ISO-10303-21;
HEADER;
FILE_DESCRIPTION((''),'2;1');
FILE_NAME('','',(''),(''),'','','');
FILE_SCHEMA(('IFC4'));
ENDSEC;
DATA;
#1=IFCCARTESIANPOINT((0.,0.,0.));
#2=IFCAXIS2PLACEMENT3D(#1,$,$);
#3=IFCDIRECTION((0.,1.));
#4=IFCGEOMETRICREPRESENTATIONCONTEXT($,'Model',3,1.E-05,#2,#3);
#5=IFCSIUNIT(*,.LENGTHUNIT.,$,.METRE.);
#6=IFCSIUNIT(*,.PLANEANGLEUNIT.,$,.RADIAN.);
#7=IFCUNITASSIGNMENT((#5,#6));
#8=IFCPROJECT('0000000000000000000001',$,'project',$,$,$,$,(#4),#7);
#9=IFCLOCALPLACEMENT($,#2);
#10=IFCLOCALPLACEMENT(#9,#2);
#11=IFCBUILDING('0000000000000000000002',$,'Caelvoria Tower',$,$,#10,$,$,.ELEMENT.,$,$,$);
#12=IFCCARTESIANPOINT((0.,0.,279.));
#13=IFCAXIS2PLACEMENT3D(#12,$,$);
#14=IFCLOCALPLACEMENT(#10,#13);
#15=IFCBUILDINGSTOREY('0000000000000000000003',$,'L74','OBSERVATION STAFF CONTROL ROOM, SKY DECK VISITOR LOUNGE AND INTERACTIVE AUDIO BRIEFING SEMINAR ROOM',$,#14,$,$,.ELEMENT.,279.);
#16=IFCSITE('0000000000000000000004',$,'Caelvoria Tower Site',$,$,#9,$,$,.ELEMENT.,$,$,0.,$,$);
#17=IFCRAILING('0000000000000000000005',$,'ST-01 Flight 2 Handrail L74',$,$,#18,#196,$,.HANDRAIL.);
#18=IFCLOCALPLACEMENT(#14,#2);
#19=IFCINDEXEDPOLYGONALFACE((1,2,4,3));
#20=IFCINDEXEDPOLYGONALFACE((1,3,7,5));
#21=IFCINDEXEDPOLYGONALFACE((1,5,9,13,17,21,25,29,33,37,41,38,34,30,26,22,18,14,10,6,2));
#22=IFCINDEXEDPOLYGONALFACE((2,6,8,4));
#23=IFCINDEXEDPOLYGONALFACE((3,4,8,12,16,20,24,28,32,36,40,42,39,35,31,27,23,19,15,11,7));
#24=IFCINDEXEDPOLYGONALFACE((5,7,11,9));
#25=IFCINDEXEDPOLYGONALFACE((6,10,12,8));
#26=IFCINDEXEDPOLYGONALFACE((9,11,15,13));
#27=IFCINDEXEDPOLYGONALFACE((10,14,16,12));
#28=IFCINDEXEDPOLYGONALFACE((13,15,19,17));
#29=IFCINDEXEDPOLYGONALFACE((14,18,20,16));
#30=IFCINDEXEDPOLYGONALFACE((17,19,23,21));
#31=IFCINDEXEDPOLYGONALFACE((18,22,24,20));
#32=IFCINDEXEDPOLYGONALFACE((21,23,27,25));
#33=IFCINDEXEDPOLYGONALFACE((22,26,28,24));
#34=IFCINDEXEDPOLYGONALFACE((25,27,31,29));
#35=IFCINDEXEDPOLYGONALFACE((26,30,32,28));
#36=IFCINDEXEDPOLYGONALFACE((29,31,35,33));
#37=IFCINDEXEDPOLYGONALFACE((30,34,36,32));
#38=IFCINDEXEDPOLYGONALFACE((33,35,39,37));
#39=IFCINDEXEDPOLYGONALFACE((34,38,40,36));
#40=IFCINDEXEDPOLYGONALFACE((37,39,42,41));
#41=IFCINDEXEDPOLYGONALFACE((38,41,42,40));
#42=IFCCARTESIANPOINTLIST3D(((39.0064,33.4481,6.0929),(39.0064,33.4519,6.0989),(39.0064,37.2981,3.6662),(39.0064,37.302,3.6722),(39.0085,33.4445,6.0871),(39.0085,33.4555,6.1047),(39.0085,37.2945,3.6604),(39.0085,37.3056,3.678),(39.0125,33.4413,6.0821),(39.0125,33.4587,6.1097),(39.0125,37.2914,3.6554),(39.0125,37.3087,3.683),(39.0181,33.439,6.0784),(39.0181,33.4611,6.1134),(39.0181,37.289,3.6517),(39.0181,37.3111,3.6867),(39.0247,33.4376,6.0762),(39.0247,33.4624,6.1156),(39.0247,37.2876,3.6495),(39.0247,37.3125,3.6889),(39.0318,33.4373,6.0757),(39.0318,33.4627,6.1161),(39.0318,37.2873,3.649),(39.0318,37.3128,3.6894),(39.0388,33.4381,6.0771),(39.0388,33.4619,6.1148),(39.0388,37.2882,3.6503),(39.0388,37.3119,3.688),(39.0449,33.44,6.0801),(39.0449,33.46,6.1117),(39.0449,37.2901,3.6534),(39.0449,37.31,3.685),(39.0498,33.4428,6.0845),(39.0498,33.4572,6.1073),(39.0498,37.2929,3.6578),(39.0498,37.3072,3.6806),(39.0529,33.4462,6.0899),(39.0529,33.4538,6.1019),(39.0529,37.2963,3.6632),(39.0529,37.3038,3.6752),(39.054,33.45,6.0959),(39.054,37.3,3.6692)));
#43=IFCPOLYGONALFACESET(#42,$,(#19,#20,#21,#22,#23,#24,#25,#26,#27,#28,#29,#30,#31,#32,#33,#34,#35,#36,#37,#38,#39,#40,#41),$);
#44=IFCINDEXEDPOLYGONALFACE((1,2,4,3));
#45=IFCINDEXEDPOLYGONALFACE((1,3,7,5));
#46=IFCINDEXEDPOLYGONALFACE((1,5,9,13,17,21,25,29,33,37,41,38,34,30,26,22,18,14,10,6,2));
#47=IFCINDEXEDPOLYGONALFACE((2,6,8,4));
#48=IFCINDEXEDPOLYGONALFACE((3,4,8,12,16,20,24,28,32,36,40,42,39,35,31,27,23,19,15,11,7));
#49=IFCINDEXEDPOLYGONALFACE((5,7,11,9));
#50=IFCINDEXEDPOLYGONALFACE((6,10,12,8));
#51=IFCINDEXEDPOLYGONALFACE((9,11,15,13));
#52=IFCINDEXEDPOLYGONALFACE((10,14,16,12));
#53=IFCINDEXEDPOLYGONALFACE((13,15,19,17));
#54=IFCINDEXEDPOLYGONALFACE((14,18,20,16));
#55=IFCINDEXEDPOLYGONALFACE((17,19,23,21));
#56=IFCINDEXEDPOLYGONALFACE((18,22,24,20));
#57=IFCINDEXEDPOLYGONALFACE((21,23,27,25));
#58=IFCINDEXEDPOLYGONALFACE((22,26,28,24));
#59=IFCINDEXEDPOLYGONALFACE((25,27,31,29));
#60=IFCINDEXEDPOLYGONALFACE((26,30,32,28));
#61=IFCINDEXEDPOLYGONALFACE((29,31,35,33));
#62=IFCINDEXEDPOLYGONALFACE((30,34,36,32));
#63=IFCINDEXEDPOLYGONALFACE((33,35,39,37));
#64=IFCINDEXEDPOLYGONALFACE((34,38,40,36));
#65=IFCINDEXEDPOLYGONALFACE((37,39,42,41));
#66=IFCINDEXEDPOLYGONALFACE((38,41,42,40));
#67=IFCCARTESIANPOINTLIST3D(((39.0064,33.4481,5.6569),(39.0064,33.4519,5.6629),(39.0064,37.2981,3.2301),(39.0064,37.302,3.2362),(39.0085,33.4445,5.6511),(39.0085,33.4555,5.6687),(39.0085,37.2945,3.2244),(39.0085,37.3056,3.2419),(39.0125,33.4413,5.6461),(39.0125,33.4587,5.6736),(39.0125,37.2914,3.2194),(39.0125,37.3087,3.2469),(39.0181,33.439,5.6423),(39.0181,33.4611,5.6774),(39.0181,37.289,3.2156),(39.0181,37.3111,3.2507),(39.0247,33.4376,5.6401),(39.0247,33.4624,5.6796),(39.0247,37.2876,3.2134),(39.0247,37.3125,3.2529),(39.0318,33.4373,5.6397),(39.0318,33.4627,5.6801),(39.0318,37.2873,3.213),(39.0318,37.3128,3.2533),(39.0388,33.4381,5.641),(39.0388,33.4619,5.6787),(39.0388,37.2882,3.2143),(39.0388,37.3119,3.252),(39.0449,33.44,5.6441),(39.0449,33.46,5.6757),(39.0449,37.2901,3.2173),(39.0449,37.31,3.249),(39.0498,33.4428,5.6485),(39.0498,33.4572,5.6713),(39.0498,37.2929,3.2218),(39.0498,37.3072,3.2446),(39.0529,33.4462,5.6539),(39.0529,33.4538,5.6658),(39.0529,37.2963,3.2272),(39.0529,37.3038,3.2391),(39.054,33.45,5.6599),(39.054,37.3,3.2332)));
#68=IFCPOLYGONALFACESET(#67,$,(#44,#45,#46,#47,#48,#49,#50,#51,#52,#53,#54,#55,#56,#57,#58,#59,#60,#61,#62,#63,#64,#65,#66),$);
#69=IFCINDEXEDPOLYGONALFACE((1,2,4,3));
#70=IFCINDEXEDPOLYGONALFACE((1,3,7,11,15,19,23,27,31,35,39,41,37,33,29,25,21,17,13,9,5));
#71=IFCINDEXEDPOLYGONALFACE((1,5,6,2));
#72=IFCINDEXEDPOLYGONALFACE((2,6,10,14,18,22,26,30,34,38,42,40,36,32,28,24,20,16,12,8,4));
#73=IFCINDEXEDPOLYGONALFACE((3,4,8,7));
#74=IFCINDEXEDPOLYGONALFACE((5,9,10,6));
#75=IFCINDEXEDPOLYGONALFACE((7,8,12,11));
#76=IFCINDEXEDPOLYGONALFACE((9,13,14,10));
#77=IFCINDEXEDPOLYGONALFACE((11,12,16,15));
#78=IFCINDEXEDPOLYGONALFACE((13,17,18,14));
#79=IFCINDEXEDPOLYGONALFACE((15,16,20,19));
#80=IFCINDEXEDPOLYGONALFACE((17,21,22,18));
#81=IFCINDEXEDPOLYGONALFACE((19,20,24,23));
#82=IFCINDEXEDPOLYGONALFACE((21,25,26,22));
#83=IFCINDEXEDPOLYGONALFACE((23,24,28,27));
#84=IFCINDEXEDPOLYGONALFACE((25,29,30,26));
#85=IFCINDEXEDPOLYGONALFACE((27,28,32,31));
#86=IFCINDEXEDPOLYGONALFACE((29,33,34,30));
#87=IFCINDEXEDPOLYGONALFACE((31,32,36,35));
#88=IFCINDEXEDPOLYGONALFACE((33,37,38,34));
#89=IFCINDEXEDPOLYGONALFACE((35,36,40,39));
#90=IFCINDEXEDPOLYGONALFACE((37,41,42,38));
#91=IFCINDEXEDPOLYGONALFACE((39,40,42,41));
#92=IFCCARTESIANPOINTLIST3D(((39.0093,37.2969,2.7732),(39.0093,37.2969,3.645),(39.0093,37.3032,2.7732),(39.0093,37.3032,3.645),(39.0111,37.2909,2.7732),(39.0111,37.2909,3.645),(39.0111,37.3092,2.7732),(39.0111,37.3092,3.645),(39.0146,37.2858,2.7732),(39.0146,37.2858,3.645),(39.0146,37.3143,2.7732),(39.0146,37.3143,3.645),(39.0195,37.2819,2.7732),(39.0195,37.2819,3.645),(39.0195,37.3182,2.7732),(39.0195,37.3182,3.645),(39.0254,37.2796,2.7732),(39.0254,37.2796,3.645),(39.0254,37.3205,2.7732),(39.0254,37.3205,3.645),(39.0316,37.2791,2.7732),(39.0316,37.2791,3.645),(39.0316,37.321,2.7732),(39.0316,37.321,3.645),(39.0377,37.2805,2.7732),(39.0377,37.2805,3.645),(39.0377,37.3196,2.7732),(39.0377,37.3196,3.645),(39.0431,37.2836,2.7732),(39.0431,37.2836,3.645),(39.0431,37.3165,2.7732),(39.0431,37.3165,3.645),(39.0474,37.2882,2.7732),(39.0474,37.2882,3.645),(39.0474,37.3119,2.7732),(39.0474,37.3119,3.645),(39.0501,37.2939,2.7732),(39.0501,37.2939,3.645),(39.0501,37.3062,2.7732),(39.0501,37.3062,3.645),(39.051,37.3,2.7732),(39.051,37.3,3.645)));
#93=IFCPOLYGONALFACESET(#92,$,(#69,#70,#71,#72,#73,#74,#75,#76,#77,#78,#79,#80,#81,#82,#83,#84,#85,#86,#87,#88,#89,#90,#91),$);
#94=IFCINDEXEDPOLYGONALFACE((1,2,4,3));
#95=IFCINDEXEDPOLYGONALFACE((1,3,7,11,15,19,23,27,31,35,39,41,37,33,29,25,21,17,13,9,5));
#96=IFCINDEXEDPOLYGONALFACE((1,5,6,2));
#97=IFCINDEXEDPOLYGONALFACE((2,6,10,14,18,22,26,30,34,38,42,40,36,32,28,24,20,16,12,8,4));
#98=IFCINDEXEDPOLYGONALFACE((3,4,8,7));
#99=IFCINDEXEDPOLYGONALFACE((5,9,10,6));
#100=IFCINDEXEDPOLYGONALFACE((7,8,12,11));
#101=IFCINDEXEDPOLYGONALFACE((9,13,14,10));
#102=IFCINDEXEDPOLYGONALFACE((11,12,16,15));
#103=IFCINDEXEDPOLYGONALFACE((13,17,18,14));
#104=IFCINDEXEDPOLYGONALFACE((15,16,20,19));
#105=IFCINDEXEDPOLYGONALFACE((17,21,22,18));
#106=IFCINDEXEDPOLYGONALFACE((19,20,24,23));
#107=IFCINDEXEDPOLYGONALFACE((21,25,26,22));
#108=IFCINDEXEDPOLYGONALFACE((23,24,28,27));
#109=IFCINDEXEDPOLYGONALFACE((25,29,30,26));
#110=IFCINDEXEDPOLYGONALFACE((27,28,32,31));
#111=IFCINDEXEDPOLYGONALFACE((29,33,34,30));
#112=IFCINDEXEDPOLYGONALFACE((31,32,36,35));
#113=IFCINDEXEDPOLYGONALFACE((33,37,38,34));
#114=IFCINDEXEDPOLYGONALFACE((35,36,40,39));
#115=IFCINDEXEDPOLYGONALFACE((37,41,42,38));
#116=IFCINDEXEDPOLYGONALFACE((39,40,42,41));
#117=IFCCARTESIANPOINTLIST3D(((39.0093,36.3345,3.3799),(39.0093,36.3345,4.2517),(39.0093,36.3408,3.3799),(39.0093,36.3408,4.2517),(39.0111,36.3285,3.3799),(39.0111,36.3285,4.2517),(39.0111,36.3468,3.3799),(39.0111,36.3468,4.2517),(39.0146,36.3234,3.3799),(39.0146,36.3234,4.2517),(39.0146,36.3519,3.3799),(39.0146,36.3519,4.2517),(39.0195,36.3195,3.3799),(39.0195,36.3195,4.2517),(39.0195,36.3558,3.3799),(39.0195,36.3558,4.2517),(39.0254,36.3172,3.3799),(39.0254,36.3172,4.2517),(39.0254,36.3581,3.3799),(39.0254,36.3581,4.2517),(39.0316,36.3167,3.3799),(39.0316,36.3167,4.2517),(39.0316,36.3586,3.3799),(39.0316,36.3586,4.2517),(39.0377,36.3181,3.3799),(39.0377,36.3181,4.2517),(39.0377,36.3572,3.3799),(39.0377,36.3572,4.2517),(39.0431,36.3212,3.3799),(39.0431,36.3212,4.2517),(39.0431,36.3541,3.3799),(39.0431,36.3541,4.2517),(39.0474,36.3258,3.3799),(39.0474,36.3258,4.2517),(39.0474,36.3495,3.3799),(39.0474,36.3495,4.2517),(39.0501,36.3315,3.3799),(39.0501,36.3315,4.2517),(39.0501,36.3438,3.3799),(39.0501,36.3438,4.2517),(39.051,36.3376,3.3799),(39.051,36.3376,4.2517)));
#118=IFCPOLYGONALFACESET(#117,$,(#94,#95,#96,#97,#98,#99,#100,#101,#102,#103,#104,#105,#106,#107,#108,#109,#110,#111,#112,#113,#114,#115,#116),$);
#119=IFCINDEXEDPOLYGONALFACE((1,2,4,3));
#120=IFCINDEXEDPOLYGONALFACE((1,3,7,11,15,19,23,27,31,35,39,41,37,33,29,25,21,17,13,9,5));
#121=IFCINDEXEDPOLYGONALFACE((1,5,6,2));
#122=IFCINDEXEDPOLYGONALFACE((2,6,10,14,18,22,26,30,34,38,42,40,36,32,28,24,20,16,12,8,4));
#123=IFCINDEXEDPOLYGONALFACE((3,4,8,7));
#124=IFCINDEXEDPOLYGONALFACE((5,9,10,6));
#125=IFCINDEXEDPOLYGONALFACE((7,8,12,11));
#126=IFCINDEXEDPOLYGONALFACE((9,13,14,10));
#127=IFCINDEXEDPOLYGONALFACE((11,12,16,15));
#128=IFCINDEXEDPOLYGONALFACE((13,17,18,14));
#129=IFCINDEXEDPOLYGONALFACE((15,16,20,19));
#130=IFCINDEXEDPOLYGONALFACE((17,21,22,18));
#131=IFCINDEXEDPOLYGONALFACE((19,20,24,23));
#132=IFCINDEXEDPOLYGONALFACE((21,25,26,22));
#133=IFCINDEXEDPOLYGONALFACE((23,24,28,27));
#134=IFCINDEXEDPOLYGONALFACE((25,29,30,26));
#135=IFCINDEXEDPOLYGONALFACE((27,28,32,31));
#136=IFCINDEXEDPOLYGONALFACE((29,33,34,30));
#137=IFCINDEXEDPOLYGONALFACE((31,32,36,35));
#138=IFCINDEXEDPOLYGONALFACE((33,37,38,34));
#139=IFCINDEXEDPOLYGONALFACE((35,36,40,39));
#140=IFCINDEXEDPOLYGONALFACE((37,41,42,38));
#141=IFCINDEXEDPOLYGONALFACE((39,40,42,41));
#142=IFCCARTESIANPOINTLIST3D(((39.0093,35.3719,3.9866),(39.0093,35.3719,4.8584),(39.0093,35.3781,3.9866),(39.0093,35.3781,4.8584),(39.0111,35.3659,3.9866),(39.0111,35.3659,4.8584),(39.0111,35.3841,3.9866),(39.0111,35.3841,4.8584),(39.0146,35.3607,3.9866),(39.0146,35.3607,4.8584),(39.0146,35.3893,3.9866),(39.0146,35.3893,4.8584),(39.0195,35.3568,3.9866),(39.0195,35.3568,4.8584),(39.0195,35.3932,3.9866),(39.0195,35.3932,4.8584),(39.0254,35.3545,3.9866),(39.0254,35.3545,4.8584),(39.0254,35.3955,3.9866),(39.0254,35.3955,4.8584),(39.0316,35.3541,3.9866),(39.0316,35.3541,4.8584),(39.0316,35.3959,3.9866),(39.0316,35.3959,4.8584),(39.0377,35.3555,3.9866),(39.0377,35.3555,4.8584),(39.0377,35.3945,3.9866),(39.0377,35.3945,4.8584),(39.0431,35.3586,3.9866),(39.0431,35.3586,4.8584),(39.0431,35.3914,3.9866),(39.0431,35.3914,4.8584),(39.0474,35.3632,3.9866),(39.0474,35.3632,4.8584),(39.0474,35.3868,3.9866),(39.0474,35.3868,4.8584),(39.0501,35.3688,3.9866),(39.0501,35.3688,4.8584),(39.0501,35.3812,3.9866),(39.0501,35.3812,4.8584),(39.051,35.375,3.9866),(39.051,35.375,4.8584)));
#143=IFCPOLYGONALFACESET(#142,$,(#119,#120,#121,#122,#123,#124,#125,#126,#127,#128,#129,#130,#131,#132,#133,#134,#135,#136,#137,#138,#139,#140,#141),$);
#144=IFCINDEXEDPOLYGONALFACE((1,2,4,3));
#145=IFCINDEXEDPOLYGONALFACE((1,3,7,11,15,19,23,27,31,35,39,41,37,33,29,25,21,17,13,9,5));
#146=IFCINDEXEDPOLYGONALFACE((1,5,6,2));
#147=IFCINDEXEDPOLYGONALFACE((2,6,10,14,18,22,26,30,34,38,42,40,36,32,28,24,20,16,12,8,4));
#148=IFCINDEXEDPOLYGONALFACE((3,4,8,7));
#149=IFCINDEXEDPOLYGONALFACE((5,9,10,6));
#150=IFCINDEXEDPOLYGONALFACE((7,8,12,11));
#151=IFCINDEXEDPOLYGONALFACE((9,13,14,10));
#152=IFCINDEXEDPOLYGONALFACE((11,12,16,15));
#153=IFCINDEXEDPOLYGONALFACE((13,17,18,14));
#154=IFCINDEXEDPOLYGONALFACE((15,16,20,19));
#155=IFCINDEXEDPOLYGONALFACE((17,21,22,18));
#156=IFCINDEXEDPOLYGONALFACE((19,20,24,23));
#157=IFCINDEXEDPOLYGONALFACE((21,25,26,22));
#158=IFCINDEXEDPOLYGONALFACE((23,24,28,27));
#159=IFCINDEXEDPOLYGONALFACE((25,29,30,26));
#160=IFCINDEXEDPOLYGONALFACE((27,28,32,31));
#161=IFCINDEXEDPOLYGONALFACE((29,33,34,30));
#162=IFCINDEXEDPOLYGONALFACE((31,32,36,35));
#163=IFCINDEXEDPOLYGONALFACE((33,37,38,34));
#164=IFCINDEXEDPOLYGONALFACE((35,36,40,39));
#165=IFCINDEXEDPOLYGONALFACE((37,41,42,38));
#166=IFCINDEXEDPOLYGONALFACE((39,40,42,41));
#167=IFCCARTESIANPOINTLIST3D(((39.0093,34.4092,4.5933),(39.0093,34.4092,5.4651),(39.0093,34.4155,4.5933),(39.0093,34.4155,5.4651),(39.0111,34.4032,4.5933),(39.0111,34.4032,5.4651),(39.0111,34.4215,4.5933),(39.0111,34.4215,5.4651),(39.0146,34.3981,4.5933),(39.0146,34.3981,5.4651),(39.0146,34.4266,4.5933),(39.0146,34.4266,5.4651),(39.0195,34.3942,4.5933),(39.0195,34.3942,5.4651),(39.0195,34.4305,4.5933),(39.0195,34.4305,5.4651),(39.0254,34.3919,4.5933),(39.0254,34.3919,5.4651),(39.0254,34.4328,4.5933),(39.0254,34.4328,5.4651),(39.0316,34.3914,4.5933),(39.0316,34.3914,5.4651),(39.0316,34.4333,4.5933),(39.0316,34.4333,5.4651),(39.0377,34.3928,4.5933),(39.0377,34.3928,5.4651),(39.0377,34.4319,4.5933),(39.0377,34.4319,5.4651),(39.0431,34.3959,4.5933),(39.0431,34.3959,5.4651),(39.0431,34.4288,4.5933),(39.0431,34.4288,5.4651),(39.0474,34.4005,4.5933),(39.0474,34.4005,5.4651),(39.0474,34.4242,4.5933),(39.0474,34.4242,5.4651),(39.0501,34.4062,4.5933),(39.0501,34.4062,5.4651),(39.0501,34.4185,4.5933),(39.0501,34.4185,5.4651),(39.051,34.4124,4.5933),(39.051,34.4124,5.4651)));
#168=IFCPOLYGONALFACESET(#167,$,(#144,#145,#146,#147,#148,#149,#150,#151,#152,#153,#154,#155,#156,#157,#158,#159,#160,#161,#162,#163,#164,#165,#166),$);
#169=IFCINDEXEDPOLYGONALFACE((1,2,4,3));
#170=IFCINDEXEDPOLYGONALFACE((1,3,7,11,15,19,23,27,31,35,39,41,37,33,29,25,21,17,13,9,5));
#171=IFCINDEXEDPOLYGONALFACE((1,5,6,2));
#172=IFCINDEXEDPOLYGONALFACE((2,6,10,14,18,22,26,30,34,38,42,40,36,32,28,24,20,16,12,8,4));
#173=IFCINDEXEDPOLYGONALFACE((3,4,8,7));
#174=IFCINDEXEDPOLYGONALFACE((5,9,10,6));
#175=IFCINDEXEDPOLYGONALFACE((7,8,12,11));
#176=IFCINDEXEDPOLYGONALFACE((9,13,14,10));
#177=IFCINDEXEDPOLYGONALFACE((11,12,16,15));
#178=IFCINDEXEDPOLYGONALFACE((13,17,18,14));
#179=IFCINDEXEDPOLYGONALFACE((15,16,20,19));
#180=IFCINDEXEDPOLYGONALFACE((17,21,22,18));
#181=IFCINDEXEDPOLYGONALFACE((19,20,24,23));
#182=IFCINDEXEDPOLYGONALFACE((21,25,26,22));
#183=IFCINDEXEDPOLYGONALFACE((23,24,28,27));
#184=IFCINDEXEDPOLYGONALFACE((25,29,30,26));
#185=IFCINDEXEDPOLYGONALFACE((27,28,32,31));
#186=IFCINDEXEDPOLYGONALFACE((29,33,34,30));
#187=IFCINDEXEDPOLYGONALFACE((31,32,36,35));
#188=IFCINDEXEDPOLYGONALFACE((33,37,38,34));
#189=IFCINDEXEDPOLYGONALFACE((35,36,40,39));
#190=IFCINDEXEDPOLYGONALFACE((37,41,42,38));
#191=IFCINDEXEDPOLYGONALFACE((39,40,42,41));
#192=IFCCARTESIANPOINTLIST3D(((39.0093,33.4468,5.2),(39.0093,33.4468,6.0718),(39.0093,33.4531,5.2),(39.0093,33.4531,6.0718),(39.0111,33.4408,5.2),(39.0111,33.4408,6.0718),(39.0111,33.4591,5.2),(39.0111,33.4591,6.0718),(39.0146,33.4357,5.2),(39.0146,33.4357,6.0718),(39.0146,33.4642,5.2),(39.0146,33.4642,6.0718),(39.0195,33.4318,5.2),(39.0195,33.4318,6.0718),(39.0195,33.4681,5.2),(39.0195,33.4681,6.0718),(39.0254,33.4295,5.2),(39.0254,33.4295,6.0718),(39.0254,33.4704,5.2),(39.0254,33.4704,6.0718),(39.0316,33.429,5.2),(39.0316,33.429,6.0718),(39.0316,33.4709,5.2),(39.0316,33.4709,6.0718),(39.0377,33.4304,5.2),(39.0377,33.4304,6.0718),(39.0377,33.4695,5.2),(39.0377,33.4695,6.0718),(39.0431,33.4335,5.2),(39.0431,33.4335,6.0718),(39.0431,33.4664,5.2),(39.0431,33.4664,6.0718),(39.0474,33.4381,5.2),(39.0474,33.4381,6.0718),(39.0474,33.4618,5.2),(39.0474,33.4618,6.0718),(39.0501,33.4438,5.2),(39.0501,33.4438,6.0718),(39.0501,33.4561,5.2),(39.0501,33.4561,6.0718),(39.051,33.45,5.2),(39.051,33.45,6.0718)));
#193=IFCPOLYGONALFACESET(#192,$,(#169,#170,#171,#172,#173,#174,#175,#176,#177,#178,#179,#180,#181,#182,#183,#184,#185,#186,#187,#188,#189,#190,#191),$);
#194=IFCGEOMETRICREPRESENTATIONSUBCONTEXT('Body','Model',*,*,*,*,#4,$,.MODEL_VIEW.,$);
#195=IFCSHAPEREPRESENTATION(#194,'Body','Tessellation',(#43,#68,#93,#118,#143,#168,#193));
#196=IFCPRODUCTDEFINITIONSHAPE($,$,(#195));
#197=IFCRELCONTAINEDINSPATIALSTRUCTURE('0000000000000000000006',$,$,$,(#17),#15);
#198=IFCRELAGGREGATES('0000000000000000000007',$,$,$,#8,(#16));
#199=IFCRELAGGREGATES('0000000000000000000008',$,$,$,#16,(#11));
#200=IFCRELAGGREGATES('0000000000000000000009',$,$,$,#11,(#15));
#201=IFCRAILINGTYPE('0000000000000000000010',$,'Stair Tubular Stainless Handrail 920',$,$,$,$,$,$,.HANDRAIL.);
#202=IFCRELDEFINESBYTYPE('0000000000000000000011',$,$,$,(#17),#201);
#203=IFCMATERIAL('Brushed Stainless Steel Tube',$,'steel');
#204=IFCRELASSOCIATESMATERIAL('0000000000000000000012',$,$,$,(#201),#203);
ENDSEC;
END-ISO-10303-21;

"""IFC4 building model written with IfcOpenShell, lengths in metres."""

from ifc_helpers import new_model, si_unit, direction, frame, origin, origin_2d, place, context, subcontext, project, spatial, circle, extrude, material, type_object, element, save


model = new_model("IFC4")

# Units and contexts
model_context = context("Model", 3, precision=1e-05, world=origin(), true_north=direction((0.0, 1.0)))
body_context = subcontext(model_context, "Body", "Model", "MODEL_VIEW")
ifc_project = project(units=[si_unit("LENGTHUNIT", "METRE"), si_unit("PLANEANGLEUNIT", "RADIAN")], contexts=[model_context])

# Site, building, storey
site_placement = place(None, origin())
site = spatial("IfcSite", under=ifc_project, at=site_placement, Name="Caelvoria Tower Site", CompositionType="ELEMENT", RefElevation=0.0)
building_placement = place(site_placement, origin())
building = spatial("IfcBuilding", under=site, at=building_placement, Name="Caelvoria Tower", CompositionType="ELEMENT")
storey_placement = place(building_placement, frame((0.0, 0.0, 279.0)))
storey = spatial("IfcBuildingStorey", under=building, at=storey_placement, Name="L74", Description="OBSERVATION STAFF CONTROL ROOM, SKY DECK VISITOR LOUNGE AND INTERACTIVE AUDIO BRIEFING SEMINAR ROOM", CompositionType="ELEMENT", Elevation=279.0)

# Railing
ifc_material_1 = material(Name="Brushed Stainless Steel Tube", Category="steel")
railing_type_1 = type_object("IfcRailingType", Name="Stair Tubular Stainless Handrail 920", PredefinedType="HANDRAIL", material=ifc_material_1)
railing_1_placement = place(storey_placement, frame((39.03, 37.3, 2.7732)))
element("IfcRailing", 1, at=railing_1_placement, inside=storey, type_object=railing_type_1, Name="ST-01 Flight 2 Handrail L74", PredefinedType="HANDRAIL", context=body_context, shape_type="SweptSolid", body=[
    extrude(circle(Radius=0.0239, at=origin_2d()), frame((0.0, 0.0, 0.896), z_axis=(0.0, -0.845973, 0.533226), x_axis=(1.0, 0.0, 0.0)), (0.0, 0.0, 1.0), 4.551),
    extrude(circle(Radius=0.0239, at=origin_2d()), frame((0.0, 0.0, 0.46), z_axis=(0.0, -0.845973, 0.533226), x_axis=(1.0, 0.0, 0.0)), (0.0, 0.0, 1.0), 4.551),
    extrude(circle(Radius=0.021, at=origin_2d()), origin(), (0.0, 0.0, 1.0), 0.8718),
    extrude(circle(Radius=0.021, at=origin_2d()), frame((0.0, -0.9624, 0.6067)), (0.0, 0.0, 1.0), 0.8718),
    extrude(circle(Radius=0.021, at=origin_2d()), frame((0.0, -1.925, 1.2134)), (0.0, 0.0, 1.0), 0.8718),
    extrude(circle(Radius=0.021, at=origin_2d()), frame((0.0, -2.8877, 1.8201)), (0.0, 0.0, 1.0), 0.8718),
    extrude(circle(Radius=0.021, at=origin_2d()), frame((0.0, -3.8501, 2.4268)), (0.0, 0.0, 1.0), 0.8718),
])

save(model, "model.ifc")
